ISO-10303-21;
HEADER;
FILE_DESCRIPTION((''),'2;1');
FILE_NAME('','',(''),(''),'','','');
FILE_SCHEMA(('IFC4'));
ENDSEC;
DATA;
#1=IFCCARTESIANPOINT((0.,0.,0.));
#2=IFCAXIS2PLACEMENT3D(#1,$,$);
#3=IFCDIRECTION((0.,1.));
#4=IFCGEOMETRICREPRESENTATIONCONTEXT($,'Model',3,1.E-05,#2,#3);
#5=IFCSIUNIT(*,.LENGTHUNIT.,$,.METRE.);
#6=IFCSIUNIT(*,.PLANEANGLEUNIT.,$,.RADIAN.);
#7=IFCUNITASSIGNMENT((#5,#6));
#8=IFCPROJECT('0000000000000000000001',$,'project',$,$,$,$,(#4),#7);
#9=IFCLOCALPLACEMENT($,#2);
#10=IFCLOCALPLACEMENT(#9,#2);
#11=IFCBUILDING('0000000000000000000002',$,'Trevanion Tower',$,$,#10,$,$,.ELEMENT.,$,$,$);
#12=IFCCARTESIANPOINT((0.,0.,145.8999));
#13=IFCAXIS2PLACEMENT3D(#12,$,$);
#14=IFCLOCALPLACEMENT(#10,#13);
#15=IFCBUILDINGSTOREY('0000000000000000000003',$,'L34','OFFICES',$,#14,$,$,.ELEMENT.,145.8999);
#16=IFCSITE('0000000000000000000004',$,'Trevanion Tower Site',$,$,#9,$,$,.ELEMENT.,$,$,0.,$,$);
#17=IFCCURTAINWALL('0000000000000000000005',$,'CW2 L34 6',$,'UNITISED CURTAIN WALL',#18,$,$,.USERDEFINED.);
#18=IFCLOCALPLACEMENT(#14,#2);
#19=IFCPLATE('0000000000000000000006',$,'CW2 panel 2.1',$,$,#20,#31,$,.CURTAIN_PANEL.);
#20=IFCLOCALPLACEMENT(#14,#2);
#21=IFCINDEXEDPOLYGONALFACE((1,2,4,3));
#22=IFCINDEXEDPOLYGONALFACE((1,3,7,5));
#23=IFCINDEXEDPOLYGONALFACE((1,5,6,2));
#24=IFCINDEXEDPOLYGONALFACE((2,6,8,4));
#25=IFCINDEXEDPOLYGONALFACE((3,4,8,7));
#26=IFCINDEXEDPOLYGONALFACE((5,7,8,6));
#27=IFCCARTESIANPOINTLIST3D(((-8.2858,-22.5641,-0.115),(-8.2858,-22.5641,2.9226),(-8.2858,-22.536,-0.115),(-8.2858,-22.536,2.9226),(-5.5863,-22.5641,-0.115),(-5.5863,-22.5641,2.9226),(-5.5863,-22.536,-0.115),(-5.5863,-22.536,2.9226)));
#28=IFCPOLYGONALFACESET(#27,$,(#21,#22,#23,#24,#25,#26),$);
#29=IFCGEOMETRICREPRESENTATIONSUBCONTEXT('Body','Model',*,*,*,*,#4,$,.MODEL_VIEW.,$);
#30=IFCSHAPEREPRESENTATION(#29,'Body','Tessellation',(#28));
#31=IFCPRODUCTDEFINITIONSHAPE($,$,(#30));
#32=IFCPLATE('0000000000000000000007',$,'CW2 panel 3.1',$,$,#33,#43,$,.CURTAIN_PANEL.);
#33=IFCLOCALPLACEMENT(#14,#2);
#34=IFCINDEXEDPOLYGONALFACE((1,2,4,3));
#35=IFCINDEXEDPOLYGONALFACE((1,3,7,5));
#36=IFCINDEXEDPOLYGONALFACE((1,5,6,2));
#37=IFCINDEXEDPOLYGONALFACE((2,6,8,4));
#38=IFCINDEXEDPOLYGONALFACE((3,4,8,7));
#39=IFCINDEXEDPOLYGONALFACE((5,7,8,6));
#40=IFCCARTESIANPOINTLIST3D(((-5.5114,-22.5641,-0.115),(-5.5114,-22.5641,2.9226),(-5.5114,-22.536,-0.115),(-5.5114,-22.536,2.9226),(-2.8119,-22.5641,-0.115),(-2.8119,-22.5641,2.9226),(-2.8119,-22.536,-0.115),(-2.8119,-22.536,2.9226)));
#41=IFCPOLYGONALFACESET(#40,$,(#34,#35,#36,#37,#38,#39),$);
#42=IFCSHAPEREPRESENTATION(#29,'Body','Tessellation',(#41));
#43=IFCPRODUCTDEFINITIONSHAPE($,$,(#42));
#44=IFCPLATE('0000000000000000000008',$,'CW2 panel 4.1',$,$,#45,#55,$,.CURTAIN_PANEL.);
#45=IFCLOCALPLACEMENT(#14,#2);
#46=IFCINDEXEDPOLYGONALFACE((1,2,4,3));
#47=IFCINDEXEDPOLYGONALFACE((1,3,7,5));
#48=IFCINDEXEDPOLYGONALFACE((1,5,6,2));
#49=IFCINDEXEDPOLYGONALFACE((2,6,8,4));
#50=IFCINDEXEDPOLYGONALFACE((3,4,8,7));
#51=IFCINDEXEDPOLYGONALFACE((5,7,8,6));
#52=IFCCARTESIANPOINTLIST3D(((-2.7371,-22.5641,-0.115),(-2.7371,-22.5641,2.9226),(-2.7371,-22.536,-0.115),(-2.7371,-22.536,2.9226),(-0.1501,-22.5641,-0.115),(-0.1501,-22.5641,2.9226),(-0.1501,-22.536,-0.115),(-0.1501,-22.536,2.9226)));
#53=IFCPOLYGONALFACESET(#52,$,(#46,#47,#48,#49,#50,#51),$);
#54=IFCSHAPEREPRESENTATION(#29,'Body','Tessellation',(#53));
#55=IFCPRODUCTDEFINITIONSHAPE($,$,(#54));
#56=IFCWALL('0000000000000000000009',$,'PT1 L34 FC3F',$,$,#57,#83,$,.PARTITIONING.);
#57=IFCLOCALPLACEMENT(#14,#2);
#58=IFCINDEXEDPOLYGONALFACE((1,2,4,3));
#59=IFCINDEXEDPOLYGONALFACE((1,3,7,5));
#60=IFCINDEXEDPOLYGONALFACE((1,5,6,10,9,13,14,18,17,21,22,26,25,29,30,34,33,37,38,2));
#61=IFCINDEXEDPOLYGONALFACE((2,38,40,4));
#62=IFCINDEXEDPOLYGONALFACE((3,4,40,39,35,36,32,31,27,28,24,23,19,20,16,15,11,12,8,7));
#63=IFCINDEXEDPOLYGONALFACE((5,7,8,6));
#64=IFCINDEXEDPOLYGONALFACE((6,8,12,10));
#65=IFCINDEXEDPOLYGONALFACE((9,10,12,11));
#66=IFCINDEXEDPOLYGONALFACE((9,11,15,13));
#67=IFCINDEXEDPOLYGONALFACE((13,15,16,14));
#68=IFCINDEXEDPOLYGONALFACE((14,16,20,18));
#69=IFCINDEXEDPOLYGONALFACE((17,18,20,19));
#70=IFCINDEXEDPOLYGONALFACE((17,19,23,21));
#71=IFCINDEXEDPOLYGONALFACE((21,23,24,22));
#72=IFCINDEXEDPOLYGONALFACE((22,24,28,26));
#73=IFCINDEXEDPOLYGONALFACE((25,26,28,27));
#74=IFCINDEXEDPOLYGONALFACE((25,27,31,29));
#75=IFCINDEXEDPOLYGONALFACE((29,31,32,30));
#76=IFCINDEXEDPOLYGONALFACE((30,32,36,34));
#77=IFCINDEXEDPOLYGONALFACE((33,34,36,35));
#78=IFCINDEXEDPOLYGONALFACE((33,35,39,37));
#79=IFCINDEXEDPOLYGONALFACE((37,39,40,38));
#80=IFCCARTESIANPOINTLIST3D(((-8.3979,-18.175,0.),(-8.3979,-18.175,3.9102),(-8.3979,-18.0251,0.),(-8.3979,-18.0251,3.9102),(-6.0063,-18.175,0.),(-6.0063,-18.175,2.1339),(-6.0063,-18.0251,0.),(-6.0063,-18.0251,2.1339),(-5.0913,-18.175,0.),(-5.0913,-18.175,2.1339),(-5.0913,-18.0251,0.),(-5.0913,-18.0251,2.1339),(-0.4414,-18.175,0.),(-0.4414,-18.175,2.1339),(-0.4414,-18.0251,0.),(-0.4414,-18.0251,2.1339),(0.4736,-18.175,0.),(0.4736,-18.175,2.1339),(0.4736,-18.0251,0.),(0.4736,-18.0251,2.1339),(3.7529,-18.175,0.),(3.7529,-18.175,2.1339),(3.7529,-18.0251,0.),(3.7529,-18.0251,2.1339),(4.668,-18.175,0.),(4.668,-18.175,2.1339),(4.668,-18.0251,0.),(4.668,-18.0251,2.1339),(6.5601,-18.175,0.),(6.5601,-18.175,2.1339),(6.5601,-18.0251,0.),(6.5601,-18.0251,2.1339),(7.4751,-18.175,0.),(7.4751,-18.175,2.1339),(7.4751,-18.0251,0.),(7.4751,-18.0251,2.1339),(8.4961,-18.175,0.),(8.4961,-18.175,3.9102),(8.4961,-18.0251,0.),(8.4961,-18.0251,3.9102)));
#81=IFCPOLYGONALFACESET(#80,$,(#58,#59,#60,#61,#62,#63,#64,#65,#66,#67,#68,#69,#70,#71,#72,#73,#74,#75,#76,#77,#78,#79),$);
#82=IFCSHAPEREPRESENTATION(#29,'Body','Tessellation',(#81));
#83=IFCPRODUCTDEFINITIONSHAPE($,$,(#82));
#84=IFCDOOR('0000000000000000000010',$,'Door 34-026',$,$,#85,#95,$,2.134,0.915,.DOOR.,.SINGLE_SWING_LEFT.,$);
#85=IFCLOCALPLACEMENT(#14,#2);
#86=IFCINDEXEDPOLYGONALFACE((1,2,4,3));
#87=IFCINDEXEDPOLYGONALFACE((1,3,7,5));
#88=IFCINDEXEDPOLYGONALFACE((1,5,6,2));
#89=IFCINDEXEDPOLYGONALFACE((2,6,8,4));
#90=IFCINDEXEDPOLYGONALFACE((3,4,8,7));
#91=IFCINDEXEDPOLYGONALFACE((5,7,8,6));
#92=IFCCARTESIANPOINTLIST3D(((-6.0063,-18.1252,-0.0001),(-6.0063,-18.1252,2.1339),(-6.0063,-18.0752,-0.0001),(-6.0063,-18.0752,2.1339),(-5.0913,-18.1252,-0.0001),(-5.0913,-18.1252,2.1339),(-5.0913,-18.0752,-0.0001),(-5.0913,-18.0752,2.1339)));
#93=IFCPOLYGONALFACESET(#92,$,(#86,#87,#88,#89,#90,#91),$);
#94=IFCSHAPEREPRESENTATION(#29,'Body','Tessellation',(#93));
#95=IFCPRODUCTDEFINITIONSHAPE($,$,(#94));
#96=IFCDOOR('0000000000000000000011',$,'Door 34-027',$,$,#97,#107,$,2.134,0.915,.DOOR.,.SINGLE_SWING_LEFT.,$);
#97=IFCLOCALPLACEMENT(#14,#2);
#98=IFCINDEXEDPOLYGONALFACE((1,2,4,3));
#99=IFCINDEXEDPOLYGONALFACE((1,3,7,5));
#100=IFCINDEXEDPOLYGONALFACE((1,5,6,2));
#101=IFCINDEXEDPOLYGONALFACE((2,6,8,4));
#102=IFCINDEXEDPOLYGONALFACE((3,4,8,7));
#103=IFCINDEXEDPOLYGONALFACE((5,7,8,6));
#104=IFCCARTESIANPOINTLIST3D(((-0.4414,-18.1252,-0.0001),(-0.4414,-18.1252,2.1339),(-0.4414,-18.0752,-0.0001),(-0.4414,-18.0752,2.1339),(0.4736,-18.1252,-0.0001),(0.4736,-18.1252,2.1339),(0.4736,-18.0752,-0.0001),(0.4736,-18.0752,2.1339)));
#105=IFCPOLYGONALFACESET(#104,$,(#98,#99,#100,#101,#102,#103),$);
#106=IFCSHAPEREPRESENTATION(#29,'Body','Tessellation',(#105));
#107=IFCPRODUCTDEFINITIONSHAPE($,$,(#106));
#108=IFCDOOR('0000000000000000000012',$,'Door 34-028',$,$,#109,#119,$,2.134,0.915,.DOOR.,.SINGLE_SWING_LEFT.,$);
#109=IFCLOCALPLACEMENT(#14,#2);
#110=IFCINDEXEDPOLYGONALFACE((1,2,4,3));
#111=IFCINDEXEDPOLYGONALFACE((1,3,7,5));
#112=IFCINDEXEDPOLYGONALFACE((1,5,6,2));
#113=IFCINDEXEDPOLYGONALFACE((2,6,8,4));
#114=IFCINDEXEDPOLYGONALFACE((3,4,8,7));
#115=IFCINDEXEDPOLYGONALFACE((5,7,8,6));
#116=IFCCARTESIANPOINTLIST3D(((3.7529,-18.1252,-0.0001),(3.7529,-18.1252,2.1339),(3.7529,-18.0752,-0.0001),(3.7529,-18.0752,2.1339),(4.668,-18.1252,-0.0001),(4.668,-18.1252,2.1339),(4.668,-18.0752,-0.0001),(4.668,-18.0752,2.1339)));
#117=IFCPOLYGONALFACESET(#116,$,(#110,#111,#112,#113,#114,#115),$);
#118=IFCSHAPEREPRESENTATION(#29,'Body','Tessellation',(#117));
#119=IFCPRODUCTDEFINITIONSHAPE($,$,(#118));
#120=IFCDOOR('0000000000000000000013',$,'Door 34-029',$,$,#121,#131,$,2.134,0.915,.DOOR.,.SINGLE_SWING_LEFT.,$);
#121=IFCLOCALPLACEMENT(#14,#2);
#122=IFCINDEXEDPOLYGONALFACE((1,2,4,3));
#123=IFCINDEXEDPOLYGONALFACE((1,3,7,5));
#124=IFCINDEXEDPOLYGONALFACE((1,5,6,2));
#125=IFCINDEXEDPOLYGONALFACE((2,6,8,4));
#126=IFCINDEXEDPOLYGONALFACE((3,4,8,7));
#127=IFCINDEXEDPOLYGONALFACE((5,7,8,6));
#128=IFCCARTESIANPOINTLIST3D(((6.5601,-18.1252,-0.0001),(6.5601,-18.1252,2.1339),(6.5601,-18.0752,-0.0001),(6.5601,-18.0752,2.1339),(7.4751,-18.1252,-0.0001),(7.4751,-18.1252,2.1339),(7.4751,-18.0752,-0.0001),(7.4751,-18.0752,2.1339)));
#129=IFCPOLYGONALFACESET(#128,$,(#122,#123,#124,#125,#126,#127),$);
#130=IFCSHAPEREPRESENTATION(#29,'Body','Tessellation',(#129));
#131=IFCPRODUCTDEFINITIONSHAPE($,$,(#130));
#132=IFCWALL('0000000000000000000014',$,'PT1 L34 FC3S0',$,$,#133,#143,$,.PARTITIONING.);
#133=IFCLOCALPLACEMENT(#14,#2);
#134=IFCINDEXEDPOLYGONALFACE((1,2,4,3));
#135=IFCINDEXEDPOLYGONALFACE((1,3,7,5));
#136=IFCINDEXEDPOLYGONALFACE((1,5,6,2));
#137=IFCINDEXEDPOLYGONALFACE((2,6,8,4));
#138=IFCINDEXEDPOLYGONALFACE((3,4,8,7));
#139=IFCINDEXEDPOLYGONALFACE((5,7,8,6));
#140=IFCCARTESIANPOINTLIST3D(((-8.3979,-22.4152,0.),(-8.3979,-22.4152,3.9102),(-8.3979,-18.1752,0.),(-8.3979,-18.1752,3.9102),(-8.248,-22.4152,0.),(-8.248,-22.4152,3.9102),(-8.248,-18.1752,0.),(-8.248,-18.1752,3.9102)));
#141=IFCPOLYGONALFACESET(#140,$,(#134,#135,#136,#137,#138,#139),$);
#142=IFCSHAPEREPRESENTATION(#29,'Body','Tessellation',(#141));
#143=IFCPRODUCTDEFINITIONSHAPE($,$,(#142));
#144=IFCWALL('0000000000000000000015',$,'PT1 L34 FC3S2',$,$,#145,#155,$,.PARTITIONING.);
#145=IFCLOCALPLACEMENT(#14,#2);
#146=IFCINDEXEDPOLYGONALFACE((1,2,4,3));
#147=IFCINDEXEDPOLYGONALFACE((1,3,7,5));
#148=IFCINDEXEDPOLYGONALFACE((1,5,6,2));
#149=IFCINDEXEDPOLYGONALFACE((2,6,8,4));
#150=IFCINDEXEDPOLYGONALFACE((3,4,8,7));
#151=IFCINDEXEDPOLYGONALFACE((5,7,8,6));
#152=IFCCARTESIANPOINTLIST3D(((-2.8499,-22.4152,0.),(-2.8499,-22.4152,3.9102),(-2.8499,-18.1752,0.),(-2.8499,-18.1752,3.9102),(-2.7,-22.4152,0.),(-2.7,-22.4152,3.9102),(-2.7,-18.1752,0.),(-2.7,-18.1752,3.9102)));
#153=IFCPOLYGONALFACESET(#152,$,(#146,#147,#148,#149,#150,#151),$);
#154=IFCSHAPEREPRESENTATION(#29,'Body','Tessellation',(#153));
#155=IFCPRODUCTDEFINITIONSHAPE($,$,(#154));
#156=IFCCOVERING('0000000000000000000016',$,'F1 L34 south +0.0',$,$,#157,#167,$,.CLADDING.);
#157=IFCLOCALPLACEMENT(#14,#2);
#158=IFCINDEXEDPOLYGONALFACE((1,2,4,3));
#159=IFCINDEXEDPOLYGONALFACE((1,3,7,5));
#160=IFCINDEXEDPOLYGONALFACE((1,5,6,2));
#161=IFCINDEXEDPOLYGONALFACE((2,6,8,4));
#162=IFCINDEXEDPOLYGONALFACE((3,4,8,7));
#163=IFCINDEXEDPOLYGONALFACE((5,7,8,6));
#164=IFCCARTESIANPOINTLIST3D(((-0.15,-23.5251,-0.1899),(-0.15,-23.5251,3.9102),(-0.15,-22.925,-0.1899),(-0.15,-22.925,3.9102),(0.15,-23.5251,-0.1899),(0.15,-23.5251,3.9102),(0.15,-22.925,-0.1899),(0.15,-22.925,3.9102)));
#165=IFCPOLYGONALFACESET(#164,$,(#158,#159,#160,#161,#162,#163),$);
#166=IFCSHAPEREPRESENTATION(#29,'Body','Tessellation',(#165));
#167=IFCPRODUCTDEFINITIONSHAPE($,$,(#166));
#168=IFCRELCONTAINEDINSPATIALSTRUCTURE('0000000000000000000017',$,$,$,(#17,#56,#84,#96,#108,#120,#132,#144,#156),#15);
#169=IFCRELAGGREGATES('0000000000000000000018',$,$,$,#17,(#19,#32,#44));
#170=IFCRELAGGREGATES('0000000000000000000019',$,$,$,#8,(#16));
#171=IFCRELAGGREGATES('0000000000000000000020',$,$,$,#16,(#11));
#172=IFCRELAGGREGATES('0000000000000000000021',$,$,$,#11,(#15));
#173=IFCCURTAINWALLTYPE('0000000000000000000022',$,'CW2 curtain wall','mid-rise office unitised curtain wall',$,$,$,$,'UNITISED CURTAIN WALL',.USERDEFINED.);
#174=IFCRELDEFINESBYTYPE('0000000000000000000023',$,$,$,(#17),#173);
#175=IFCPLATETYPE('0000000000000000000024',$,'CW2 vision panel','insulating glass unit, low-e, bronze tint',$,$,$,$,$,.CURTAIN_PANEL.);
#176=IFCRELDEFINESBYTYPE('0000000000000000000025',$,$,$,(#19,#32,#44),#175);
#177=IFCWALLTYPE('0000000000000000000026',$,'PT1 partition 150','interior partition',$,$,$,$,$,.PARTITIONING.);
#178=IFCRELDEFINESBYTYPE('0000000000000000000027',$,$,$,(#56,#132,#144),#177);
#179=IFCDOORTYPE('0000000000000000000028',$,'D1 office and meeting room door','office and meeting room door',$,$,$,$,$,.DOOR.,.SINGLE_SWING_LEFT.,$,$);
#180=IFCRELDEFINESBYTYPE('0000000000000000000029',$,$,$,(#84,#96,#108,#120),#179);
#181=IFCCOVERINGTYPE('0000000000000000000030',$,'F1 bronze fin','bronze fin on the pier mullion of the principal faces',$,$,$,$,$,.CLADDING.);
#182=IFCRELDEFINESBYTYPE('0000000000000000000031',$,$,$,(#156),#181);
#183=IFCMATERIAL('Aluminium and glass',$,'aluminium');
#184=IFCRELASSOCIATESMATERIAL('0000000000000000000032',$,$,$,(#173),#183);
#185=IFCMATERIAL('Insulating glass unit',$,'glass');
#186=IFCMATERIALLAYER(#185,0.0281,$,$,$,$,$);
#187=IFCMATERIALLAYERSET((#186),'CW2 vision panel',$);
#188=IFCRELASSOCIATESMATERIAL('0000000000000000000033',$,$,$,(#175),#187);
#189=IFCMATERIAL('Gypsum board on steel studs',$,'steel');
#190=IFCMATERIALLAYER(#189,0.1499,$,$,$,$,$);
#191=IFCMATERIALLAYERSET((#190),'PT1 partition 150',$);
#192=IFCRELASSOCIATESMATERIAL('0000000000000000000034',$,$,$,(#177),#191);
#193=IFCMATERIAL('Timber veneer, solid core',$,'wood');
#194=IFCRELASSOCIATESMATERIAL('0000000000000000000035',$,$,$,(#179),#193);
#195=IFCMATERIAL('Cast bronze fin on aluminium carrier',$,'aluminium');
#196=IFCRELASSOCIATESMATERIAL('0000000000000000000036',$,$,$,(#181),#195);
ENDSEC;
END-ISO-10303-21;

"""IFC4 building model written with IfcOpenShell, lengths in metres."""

from ifc_helpers import new_model, si_unit, direction, frame, frame_2d, origin, origin_2d, place, context, subcontext, project, spatial, rectangle, extrude, material, layer, layer_set, type_object, element, fill, aggregate, save


model = new_model("IFC4")

# Units and contexts
model_context = context("Model", 3, precision=1e-05, world=origin(), true_north=direction((0.0, 1.0)))
body_context = subcontext(model_context, "Body", "Model", "MODEL_VIEW")
ifc_project = project(units=[si_unit("LENGTHUNIT", "METRE"), si_unit("PLANEANGLEUNIT", "RADIAN")], contexts=[model_context])

# Site, building, storey
site_placement = place(None, origin())
site = spatial("IfcSite", under=ifc_project, at=site_placement, Name="Trevanion Tower Site", CompositionType="ELEMENT", RefElevation=0.0)
building_placement = place(site_placement, origin())
building = spatial("IfcBuilding", under=site, at=building_placement, Name="Trevanion Tower", CompositionType="ELEMENT")
storey_placement = place(building_placement, frame((0.0, 0.0, 145.8999)))
storey = spatial("IfcBuildingStorey", under=building, at=storey_placement, Name="L34", Description="OFFICES", CompositionType="ELEMENT", Elevation=145.8999)

# Curtain wall
ifc_material_1 = material(Name="Aluminium and glass", Category="aluminium")
curtain_wall_type = type_object("IfcCurtainWallType", Name="CW2 curtain wall", Description="mid-rise office unitised curtain wall", ElementType="UNITISED CURTAIN WALL", PredefinedType="USERDEFINED", material=ifc_material_1)
curtain_wall_placement = place(storey_placement, origin())
curtain_wall = element("IfcCurtainWall", 1, at=curtain_wall_placement, inside=storey, type_object=curtain_wall_type, Name="CW2 L34 6", ObjectType="UNITISED CURTAIN WALL", PredefinedType="USERDEFINED")

# Plates
ifc_material_2 = material(Name="Insulating glass unit", Category="glass")
ifc_layer_1 = layer(ifc_material_2, 0.0281)
ifc_layer_set_1 = layer_set([ifc_layer_1], Name="CW2 vision panel")
plate_type_1 = type_object("IfcPlateType", Name="CW2 vision panel", Description="insulating glass unit, low-e, bronze tint", PredefinedType="CURTAIN_PANEL", material=ifc_layer_set_1)
plate_1_placement = place(storey_placement, frame((-6.936, -22.55, -0.115), z_axis=(0.0, 0.0, 1.0), x_axis=(1.0, 0.0, 0.0)))
plate_1 = element("IfcPlate", 2, at=plate_1_placement, type_object=plate_type_1, Name="CW2 panel 2.1", PredefinedType="CURTAIN_PANEL", context=body_context, shape_type="SweptSolid", body=[
    extrude(rectangle(XDim=2.6995, YDim=0.0281, at=origin_2d()), origin(), (0.0, 0.0, 1.0), 3.0376),
])
plate_2_placement = place(storey_placement, frame((-4.1616, -22.55, -0.115), z_axis=(0.0, 0.0, 1.0), x_axis=(1.0, 0.0, 0.0)))
plate_2 = element("IfcPlate", 3, at=plate_2_placement, type_object=plate_type_1, Name="CW2 panel 3.1", PredefinedType="CURTAIN_PANEL", context=body_context, shape_type="SweptSolid", body=[
    extrude(rectangle(XDim=2.6995, YDim=0.0281, at=origin_2d()), origin(), (0.0, 0.0, 1.0), 3.0376),
])
plate_3_placement = place(storey_placement, frame((-1.4436, -22.55, -0.115), z_axis=(0.0, 0.0, 1.0), x_axis=(1.0, 0.0, 0.0)))
plate_3 = element("IfcPlate", 4, at=plate_3_placement, type_object=plate_type_1, Name="CW2 panel 4.1", PredefinedType="CURTAIN_PANEL", context=body_context, shape_type="SweptSolid", body=[
    extrude(rectangle(XDim=2.5869, YDim=0.0281, at=origin_2d()), origin(), (0.0, 0.0, 1.0), 3.0376),
])
aggregate(curtain_wall, [plate_1, plate_2, plate_3])

# Wall, openings, doors
ifc_material_3 = material(Name="Gypsum board on steel studs", Category="steel")
ifc_layer_2 = layer(ifc_material_3, 0.1499)
ifc_layer_set_2 = layer_set([ifc_layer_2], Name="PT1 partition 150")
wall_type = type_object("IfcWallType", Name="PT1 partition 150", Description="interior partition", PredefinedType="PARTITIONING", material=ifc_layer_set_2)
wall_placement = place(storey_placement, frame((-8.3979, -18.1001, 0.0), z_axis=(0.0, 0.0, 1.0), x_axis=(1.0, 0.0, 0.0)))
wall = element("IfcWall", 5, at=wall_placement, inside=storey, type_object=wall_type, Name="PT1 L34 FC3F", PredefinedType="PARTITIONING", context=body_context, shape_type="SweptSolid", body=[
    extrude(rectangle(XDim=16.894, YDim=0.1499, at=frame_2d((8.447, 0.0))), origin(), (0.0, 0.0, 1.0), 3.9102),
])
opening_1_placement = place(wall_placement, frame((2.3916, 0.0, 0.0)))
opening_1 = element("IfcOpeningElement", 6, at=opening_1_placement, cuts=wall, PredefinedType="OPENING", context=body_context, shape_type="SweptSolid", body=[
    extrude(rectangle(XDim=0.915, YDim=2.134, at=frame_2d((0.4575, 1.0669))), frame((0.0, 0.085, 0.0), z_axis=(0.0, -1.0, 0.0), x_axis=(1.0, 0.0, 0.0)), (0.0, 0.0, 1.0), 0.1699),
])
opening_2_placement = place(wall_placement, frame((7.9565, 0.0, 0.0)))
opening_2 = element("IfcOpeningElement", 7, at=opening_2_placement, cuts=wall, PredefinedType="OPENING", context=body_context, shape_type="SweptSolid", body=[
    extrude(rectangle(XDim=0.915, YDim=2.134, at=frame_2d((0.4575, 1.0669))), frame((0.0, 0.085, 0.0), z_axis=(0.0, -1.0, 0.0), x_axis=(1.0, 0.0, 0.0)), (0.0, 0.0, 1.0), 0.1699),
])
opening_3_placement = place(wall_placement, frame((12.1509, 0.0, 0.0)))
opening_3 = element("IfcOpeningElement", 8, at=opening_3_placement, cuts=wall, PredefinedType="OPENING", context=body_context, shape_type="SweptSolid", body=[
    extrude(rectangle(XDim=0.915, YDim=2.134, at=frame_2d((0.4575, 1.0669))), frame((0.0, 0.085, 0.0), z_axis=(0.0, -1.0, 0.0), x_axis=(1.0, 0.0, 0.0)), (0.0, 0.0, 1.0), 0.1699),
])
opening_4_placement = place(wall_placement, frame((14.958, 0.0, 0.0)))
opening_4 = element("IfcOpeningElement", 9, at=opening_4_placement, cuts=wall, PredefinedType="OPENING", context=body_context, shape_type="SweptSolid", body=[
    extrude(rectangle(XDim=0.915, YDim=2.134, at=frame_2d((0.4575, 1.0669))), frame((0.0, 0.085, 0.0), z_axis=(0.0, -1.0, 0.0), x_axis=(1.0, 0.0, 0.0)), (0.0, 0.0, 1.0), 0.1699),
])
ifc_material_4 = material(Name="Timber veneer, solid core", Category="wood")
door_type = type_object("IfcDoorType", Name="D1 office and meeting room door", Description="office and meeting room door", OperationType="SINGLE_SWING_LEFT", PredefinedType="DOOR", material=ifc_material_4)
door_1_placement = place(opening_1_placement, origin())
door_1 = element("IfcDoor", 10, at=door_1_placement, inside=storey, type_object=door_type, Name="Door 34-026", OperationType="SINGLE_SWING_LEFT", OverallHeight=2.134, OverallWidth=0.915, PredefinedType="DOOR", context=body_context, shape_type="SweptSolid", body=[
    extrude(rectangle(XDim=0.915, YDim=2.134, at=frame_2d((0.4575, 1.0669))), frame((0.0, 0.0249, 0.0), z_axis=(0.0, -1.0, 0.0), x_axis=(1.0, 0.0, 0.0)), (0.0, 0.0, 1.0), 0.05),
])
fill(opening_1, door_1)
door_2_placement = place(opening_2_placement, origin())
door_2 = element("IfcDoor", 11, at=door_2_placement, inside=storey, type_object=door_type, Name="Door 34-027", OperationType="SINGLE_SWING_LEFT", OverallHeight=2.134, OverallWidth=0.915, PredefinedType="DOOR", context=body_context, shape_type="SweptSolid", body=[
    extrude(rectangle(XDim=0.915, YDim=2.134, at=frame_2d((0.4575, 1.0669))), frame((0.0, 0.0249, 0.0), z_axis=(0.0, -1.0, 0.0), x_axis=(1.0, 0.0, 0.0)), (0.0, 0.0, 1.0), 0.05),
])
fill(opening_2, door_2)
door_3_placement = place(opening_3_placement, origin())
door_3 = element("IfcDoor", 12, at=door_3_placement, inside=storey, type_object=door_type, Name="Door 34-028", OperationType="SINGLE_SWING_LEFT", OverallHeight=2.134, OverallWidth=0.915, PredefinedType="DOOR", context=body_context, shape_type="SweptSolid", body=[
    extrude(rectangle(XDim=0.915, YDim=2.134, at=frame_2d((0.4575, 1.0669))), frame((0.0, 0.0249, 0.0), z_axis=(0.0, -1.0, 0.0), x_axis=(1.0, 0.0, 0.0)), (0.0, 0.0, 1.0), 0.05),
])
fill(opening_3, door_3)
door_4_placement = place(opening_4_placement, origin())
door_4 = element("IfcDoor", 13, at=door_4_placement, inside=storey, type_object=door_type, Name="Door 34-029", OperationType="SINGLE_SWING_LEFT", OverallHeight=2.134, OverallWidth=0.915, PredefinedType="DOOR", context=body_context, shape_type="SweptSolid", body=[
    extrude(rectangle(XDim=0.915, YDim=2.134, at=frame_2d((0.4575, 1.0669))), frame((0.0, 0.0249, 0.0), z_axis=(0.0, -1.0, 0.0), x_axis=(1.0, 0.0, 0.0)), (0.0, 0.0, 1.0), 0.05),
])
fill(opening_4, door_4)

# Walls
for number, where, z_axis, x_axis, name in (
    (14, (-8.323, -18.175, 0.0), (0.0, 0.0, 1.0), (0.0, -1.0, 0.0), "PT1 L34 FC3S0"),
    (15, (-2.7749, -18.175, 0.0), (0.0, 0.0, 1.0), (0.0, -1.0, 0.0), "PT1 L34 FC3S2"),
):
    element("IfcWall", number, at=place(storey_placement, frame(where, z_axis=z_axis, x_axis=x_axis)), inside=storey, type_object=wall_type, Name=name, PredefinedType="PARTITIONING", context=body_context, shape_type="SweptSolid", body=[
        extrude(rectangle(XDim=4.24, YDim=0.1499, at=frame_2d((2.1201, 0.0))), origin(), (0.0, 0.0, 1.0), 3.9102),
    ])

# Covering
ifc_material_5 = material(Name="Cast bronze fin on aluminium carrier", Category="aluminium")
covering_type = type_object("IfcCoveringType", Name="F1 bronze fin", Description="bronze fin on the pier mullion of the principal faces", PredefinedType="CLADDING", material=ifc_material_5)
covering_placement = place(storey_placement, frame((0.0, -23.2251, -0.1899), z_axis=(0.0, 0.0, 1.0), x_axis=(1.0, 0.0, 0.0)))
element("IfcCovering", 16, at=covering_placement, inside=storey, type_object=covering_type, Name="F1 L34 south +0.0", PredefinedType="CLADDING", context=body_context, shape_type="SweptSolid", body=[
    extrude(rectangle(XDim=0.3, YDim=0.6001, at=origin_2d()), origin(), (0.0, 0.0, 1.0), 4.1001),
])

save(model, "model.ifc")
